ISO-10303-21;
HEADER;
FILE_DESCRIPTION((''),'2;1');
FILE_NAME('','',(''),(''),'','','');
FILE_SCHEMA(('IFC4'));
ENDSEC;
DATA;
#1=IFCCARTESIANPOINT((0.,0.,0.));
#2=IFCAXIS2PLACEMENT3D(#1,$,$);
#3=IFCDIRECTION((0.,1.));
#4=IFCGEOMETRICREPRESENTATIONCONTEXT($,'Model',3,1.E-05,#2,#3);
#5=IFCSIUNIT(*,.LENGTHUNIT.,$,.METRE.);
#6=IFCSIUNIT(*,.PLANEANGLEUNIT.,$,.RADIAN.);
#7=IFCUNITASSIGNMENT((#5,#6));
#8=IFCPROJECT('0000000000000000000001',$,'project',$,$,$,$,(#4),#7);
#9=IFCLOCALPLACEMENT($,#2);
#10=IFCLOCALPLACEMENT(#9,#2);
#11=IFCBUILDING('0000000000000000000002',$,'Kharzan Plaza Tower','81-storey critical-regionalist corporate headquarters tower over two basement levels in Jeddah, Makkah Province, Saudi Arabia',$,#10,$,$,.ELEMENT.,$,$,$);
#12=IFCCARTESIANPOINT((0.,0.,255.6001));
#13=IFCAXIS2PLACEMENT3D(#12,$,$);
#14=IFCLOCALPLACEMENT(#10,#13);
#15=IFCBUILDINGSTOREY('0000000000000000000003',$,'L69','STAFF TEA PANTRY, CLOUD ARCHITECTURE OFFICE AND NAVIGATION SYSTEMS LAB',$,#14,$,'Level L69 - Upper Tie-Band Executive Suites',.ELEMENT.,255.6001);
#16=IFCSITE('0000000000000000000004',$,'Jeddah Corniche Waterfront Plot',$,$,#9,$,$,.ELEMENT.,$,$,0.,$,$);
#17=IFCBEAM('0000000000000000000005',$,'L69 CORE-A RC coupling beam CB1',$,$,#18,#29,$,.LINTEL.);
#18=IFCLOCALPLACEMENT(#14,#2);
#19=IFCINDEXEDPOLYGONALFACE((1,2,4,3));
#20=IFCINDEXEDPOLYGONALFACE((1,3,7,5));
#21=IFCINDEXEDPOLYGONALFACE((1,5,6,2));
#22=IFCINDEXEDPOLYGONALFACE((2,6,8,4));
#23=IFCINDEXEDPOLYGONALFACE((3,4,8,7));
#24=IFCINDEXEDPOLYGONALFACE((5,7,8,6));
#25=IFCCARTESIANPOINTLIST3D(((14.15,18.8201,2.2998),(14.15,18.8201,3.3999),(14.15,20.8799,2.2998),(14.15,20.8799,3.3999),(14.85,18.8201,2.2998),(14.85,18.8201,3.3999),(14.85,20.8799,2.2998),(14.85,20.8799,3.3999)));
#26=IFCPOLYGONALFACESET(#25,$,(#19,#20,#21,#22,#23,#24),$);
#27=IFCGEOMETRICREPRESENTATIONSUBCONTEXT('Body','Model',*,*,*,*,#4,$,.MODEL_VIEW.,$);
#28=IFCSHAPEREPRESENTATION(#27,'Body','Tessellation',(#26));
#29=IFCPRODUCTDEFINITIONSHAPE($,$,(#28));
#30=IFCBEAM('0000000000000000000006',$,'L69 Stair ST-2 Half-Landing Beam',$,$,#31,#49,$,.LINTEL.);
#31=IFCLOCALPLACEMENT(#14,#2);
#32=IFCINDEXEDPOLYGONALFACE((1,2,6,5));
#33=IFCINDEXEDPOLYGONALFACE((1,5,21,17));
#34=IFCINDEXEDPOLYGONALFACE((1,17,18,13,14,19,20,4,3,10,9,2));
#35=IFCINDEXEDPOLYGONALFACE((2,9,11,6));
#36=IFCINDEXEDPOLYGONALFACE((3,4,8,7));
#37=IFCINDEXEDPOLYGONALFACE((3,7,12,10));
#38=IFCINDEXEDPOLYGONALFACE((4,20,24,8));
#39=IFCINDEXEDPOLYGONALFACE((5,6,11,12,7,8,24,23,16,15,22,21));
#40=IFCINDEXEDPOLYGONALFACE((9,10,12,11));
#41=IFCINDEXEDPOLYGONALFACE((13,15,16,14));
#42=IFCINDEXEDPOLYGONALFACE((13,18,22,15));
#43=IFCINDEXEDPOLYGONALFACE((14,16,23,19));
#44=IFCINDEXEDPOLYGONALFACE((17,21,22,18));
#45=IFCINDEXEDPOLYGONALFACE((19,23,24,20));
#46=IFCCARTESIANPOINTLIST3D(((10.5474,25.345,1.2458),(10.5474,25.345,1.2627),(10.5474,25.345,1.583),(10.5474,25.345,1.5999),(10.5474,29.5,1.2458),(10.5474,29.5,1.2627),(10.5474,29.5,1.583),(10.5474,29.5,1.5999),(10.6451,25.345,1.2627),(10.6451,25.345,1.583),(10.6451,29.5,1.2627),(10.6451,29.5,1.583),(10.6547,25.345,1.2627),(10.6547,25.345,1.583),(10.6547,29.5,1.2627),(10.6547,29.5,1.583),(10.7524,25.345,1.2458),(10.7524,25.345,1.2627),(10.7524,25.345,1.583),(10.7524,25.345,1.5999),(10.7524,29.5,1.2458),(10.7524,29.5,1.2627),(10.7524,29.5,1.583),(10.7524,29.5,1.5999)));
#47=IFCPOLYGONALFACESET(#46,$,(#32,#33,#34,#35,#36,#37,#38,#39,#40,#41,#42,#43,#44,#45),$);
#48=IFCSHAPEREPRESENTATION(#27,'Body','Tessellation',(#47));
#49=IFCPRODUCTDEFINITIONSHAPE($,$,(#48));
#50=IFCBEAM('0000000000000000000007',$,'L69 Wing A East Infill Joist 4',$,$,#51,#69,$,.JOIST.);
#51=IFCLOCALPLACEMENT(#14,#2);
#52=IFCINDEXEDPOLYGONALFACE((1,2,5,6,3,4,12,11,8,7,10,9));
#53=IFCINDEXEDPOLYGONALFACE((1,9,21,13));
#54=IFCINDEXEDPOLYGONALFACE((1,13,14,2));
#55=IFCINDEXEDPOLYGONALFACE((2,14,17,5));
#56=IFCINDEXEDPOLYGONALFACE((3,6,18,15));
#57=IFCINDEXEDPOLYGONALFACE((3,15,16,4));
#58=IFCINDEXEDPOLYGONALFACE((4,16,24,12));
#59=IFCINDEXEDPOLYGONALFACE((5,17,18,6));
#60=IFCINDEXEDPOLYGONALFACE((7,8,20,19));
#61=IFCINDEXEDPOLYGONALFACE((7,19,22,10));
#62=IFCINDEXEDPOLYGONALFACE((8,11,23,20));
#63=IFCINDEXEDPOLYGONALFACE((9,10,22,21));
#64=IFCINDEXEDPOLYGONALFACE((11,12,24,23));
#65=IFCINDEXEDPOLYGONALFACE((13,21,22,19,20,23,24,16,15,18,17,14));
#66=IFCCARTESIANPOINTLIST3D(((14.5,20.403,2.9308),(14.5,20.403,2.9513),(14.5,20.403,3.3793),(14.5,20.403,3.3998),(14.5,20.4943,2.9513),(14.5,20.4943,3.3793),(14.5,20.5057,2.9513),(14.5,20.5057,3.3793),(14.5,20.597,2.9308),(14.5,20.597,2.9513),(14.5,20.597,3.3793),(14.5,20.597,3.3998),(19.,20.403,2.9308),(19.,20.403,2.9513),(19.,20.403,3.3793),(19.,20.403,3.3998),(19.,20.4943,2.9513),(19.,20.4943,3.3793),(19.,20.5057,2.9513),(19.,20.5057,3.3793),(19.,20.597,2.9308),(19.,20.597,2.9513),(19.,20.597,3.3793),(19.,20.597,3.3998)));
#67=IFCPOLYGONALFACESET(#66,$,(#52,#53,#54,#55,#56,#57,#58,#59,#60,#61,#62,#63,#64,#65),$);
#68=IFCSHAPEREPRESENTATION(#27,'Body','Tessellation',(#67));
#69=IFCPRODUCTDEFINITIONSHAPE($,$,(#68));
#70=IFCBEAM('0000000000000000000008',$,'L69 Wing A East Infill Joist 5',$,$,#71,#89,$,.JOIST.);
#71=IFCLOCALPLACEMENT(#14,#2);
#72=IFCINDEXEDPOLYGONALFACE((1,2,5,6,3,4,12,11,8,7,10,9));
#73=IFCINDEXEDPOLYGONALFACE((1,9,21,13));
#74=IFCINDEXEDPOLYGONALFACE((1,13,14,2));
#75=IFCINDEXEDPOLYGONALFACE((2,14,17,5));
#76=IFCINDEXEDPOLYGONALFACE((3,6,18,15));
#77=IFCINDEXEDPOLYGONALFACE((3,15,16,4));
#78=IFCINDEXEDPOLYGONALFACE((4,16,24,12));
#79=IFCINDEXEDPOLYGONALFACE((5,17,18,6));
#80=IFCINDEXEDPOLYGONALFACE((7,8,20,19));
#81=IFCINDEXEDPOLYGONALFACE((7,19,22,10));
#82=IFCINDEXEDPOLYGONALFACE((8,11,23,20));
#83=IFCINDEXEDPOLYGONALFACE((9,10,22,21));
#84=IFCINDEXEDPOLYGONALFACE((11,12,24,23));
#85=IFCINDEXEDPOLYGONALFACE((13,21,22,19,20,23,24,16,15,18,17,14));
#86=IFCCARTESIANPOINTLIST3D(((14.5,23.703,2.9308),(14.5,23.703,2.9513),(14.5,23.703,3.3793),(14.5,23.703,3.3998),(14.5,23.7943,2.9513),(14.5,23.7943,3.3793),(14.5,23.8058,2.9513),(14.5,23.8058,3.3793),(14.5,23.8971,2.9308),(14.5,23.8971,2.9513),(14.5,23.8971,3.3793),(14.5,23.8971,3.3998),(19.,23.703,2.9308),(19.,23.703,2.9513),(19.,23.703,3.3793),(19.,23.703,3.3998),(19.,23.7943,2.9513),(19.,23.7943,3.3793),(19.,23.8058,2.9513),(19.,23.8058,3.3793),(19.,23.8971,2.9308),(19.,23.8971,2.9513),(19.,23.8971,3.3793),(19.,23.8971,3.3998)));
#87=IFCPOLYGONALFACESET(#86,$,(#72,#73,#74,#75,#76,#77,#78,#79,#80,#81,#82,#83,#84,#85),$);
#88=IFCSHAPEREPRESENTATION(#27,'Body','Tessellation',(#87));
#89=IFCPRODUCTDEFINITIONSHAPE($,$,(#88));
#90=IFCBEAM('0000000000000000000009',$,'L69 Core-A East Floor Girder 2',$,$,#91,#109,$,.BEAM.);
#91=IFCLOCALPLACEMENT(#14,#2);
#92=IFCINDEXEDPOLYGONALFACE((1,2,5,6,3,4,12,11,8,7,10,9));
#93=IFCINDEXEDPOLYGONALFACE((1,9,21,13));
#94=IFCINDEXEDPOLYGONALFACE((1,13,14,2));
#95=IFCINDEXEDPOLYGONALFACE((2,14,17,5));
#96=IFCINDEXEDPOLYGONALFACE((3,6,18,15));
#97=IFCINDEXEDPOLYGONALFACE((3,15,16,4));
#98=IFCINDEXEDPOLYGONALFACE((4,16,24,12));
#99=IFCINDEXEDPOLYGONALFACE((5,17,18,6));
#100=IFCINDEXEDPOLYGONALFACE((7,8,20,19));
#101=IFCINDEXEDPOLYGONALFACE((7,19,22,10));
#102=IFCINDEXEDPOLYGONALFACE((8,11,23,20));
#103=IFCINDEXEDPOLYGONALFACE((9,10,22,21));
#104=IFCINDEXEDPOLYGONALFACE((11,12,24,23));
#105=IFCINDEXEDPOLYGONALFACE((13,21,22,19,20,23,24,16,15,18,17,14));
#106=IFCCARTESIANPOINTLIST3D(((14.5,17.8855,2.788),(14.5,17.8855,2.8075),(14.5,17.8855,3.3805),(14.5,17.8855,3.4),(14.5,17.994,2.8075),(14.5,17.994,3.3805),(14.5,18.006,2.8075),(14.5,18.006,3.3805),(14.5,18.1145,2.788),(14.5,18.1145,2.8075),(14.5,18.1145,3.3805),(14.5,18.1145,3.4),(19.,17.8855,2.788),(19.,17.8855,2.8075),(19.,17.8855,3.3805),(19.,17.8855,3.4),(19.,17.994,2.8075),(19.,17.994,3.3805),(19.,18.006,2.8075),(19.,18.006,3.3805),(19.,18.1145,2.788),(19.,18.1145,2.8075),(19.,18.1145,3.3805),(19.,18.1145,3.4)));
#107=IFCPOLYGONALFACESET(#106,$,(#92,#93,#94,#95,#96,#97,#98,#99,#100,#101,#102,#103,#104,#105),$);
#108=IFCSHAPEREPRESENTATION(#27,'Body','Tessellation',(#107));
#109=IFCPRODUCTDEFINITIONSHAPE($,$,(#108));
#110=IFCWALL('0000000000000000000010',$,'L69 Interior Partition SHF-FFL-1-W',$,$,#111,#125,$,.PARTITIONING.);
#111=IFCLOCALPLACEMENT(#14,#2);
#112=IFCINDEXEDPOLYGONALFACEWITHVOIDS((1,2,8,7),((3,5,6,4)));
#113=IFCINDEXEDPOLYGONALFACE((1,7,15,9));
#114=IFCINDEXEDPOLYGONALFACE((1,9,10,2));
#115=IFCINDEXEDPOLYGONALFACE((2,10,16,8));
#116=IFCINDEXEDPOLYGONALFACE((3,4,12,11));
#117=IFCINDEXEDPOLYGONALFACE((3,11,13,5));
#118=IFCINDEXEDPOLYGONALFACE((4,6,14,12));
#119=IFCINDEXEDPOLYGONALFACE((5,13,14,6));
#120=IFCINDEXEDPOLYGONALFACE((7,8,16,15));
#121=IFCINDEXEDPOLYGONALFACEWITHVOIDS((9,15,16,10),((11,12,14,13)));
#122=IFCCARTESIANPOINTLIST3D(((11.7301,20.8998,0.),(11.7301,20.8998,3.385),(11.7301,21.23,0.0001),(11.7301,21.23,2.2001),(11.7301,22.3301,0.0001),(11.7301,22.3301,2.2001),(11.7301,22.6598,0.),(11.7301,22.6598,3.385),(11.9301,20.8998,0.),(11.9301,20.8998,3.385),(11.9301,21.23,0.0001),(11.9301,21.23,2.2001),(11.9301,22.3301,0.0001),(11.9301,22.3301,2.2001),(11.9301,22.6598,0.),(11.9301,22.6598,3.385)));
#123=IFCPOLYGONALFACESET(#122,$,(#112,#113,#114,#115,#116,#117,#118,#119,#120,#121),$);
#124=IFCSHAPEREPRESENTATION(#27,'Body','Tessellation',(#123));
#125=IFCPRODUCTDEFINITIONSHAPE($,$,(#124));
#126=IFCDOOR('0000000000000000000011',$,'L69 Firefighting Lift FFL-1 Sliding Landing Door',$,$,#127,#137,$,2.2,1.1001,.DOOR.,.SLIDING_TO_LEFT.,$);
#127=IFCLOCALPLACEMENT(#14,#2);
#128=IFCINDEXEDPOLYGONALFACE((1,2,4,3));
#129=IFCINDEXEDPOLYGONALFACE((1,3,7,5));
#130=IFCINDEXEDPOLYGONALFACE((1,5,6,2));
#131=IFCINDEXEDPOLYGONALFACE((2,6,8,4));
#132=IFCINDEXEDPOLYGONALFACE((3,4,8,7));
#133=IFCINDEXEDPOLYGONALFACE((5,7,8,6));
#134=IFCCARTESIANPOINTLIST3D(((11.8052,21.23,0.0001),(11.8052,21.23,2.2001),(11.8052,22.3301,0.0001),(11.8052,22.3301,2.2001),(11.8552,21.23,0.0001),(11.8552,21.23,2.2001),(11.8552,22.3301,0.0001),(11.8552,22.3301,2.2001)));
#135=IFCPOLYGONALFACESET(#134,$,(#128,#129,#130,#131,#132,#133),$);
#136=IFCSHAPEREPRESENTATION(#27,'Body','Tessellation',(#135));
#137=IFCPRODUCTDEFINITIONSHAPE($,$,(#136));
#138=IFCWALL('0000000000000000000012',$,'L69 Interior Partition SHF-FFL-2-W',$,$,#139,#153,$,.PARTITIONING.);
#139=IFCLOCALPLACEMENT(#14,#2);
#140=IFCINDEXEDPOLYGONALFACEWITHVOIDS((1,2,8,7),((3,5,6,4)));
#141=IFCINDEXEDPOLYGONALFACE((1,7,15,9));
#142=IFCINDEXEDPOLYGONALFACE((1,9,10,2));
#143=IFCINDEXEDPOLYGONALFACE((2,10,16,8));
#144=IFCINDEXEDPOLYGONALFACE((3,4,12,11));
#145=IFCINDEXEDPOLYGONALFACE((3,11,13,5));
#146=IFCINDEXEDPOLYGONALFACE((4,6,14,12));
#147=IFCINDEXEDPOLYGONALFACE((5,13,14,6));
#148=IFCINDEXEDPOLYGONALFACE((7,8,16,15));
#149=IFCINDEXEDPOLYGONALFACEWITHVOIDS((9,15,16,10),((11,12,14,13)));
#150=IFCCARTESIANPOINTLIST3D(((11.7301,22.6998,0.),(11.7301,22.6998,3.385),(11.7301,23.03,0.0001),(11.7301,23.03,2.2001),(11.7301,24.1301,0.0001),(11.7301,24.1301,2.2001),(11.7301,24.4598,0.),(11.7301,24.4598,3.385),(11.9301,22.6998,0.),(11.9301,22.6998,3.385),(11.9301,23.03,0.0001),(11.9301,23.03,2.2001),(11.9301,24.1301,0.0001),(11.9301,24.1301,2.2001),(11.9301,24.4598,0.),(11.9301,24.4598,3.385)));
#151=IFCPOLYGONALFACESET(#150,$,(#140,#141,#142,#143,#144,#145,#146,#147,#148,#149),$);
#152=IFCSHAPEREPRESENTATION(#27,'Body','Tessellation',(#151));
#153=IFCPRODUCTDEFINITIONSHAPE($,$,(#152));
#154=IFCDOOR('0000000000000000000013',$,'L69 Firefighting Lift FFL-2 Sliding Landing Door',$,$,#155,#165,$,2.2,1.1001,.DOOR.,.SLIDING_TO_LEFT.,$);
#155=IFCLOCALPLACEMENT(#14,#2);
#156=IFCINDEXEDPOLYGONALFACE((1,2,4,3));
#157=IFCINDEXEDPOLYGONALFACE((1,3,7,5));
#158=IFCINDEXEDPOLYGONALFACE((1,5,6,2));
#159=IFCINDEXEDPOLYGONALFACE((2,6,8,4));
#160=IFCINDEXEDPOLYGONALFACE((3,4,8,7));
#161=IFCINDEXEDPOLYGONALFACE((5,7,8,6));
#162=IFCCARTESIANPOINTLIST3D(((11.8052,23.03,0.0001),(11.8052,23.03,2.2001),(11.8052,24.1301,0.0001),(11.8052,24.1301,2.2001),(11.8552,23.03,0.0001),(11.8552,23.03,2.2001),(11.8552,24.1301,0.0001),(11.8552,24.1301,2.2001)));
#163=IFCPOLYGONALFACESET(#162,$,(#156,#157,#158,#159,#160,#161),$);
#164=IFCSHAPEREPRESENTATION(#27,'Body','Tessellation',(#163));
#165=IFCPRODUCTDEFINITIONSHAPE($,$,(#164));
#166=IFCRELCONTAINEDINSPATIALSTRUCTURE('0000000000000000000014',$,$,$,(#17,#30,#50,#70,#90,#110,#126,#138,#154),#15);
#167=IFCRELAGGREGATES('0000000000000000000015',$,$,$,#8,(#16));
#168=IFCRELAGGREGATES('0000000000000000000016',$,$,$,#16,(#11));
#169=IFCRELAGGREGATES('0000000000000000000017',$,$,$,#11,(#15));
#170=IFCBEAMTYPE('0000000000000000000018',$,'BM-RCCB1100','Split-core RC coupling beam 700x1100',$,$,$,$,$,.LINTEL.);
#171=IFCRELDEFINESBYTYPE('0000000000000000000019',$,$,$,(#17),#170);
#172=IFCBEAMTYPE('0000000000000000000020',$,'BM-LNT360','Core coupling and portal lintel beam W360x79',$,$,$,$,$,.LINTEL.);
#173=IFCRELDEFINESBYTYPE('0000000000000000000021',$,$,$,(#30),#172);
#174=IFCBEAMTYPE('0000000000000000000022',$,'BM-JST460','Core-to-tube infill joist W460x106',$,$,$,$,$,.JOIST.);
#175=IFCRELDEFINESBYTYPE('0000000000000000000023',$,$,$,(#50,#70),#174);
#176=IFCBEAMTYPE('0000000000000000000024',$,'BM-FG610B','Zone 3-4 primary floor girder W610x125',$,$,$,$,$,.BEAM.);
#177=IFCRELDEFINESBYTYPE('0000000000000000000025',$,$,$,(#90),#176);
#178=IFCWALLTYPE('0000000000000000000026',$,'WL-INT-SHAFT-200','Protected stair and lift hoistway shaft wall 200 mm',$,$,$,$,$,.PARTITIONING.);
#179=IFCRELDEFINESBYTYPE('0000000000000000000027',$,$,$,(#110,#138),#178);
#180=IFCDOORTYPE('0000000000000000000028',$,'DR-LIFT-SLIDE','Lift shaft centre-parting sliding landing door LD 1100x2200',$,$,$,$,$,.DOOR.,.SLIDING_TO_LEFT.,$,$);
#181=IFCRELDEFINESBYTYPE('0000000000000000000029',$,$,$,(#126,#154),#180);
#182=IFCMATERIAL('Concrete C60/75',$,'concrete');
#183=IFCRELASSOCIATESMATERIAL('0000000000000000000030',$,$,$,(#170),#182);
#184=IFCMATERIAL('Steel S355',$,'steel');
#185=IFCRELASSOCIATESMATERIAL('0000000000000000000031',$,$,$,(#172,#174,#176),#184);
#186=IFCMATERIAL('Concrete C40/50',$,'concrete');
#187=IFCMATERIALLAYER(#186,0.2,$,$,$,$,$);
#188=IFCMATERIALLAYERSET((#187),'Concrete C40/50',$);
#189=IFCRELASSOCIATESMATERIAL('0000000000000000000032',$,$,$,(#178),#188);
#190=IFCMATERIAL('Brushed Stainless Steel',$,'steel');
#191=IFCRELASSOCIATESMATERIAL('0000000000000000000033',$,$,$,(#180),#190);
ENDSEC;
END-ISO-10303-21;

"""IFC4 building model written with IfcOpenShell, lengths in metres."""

from ifc_helpers import new_model, si_unit, direction, frame, frame_2d, origin, origin_2d, place, context, subcontext, project, spatial, rectangle, i_section, extrude, source, transform, mapped, material, layer, layer_set, material_profile, profile_set, type_object, element, fill, save


model = new_model("IFC4")

# Units and contexts
model_context = context("Model", 3, precision=1e-05, world=origin(), true_north=direction((0.0, 1.0)))
body_context = subcontext(model_context, "Body", "Model", "MODEL_VIEW")
ifc_project = project(units=[si_unit("LENGTHUNIT", "METRE"), si_unit("PLANEANGLEUNIT", "RADIAN")], contexts=[model_context])

# Site, building, storey
site_placement = place(None, origin())
site = spatial("IfcSite", under=ifc_project, at=site_placement, Name="Jeddah Corniche Waterfront Plot", CompositionType="ELEMENT", RefElevation=0.0)
building_placement = place(site_placement, origin())
building = spatial("IfcBuilding", under=site, at=building_placement, Name="Kharzan Plaza Tower", Description="81-storey critical-regionalist corporate headquarters tower over two basement levels in Jeddah, Makkah Province, Saudi Arabia", CompositionType="ELEMENT")
storey_placement = place(building_placement, frame((0.0, 0.0, 255.6001)))
storey = spatial("IfcBuildingStorey", under=building, at=storey_placement, Name="L69", Description="STAFF TEA PANTRY, CLOUD ARCHITECTURE OFFICE AND NAVIGATION SYSTEMS LAB", LongName="Level L69 - Upper Tie-Band Executive Suites", CompositionType="ELEMENT", Elevation=255.6001)

# Beams
ifc_material_1 = material(Name="Concrete C60/75", Category="concrete")
ifc_material_profile_1 = material_profile(ifc_material_1, rectangle(XDim=0.7, YDim=1.1001, at=origin_2d()), Name="RC-CB1100x700")
ifc_profile_set_1 = profile_set([ifc_material_profile_1], Name="Concrete C60/75")
beam_type_1 = type_object("IfcBeamType", Name="BM-RCCB1100", Description="Split-core RC coupling beam 700x1100", PredefinedType="LINTEL", material=ifc_profile_set_1)
shared_shape_1 = source(origin(), body_context, "Body", "SweptSolid", [
    extrude(rectangle(XDim=0.7, YDim=1.1001, at=origin_2d()), origin(), (0.0, 0.0, 1.0), 2.0598),
])
beam_1_placement = place(storey_placement, frame((14.5, 18.8201, 2.8499), z_axis=(0.0, 1.0, 0.0), x_axis=(-1.0, 0.0, 0.0)))
element("IfcBeam", 1, at=beam_1_placement, inside=storey, type_object=beam_type_1, Name="L69 CORE-A RC coupling beam CB1", PredefinedType="LINTEL", context=body_context, shape_type="MappedRepresentation", body=[
    mapped(shared_shape_1, transform((0.0, 0.0, 0.0), x_axis=(1.0, 0.0, 0.0), y_axis=(0.0, 1.0, 0.0), z_axis=(0.0, 0.0, 1.0))),
])
ifc_material_2 = material(Name="Steel S355", Category="steel")
ifc_material_profile_2 = material_profile(ifc_material_2, i_section(OverallWidth=0.2051, OverallDepth=0.354, WebThickness=0.0095, FlangeThickness=0.0168, at=origin_2d()), Name="W360x79")
ifc_profile_set_2 = profile_set([ifc_material_profile_2], Name="Steel S355")
beam_type_2 = type_object("IfcBeamType", Name="BM-LNT360", Description="Core coupling and portal lintel beam W360x79", PredefinedType="LINTEL", material=ifc_profile_set_2)
shared_shape_2 = source(origin(), body_context, "Body", "SweptSolid", [
    extrude(i_section(OverallWidth=0.2051, OverallDepth=0.354, WebThickness=0.0095, FlangeThickness=0.0168, at=origin_2d()), origin(), (0.0, 0.0, 1.0), 4.155),
])
beam_2_placement = place(storey_placement, frame((10.6499, 25.345, 1.4229), z_axis=(0.0, 1.0, 0.0), x_axis=(-1.0, 0.0, 0.0)))
element("IfcBeam", 2, at=beam_2_placement, inside=storey, type_object=beam_type_2, Name="L69 Stair ST-2 Half-Landing Beam", PredefinedType="LINTEL", context=body_context, shape_type="MappedRepresentation", body=[
    mapped(shared_shape_2, transform((0.0, 0.0, 0.0), x_axis=(1.0, 0.0, 0.0), y_axis=(0.0, 1.0, 0.0), z_axis=(0.0, 0.0, 1.0))),
])
ifc_material_profile_3 = material_profile(ifc_material_2, i_section(OverallWidth=0.1941, OverallDepth=0.469, WebThickness=0.0115, FlangeThickness=0.0205, at=origin_2d()), Name="W460x106")
ifc_profile_set_3 = profile_set([ifc_material_profile_3], Name="Steel S355")
beam_type_3 = type_object("IfcBeamType", Name="BM-JST460", Description="Core-to-tube infill joist W460x106", PredefinedType="JOIST", material=ifc_profile_set_3)
shared_shape_3 = source(origin(), body_context, "Body", "SweptSolid", [
    extrude(i_section(OverallWidth=0.1941, OverallDepth=0.469, WebThickness=0.0115, FlangeThickness=0.0205, at=origin_2d()), origin(), (0.0, 0.0, 1.0), 4.5),
])
for number, where, z_axis, x_axis, name in (
    (3, (14.5, 20.5, 3.1653), (1.0, 0.0, 0.0), (0.0, 1.0, 0.0), "L69 Wing A East Infill Joist 4"),
    (4, (14.5, 23.8, 3.1653), (1.0, 0.0, 0.0), (0.0, 1.0, 0.0), "L69 Wing A East Infill Joist 5"),
):
    element("IfcBeam", number, at=place(storey_placement, frame(where, z_axis=z_axis, x_axis=x_axis)), inside=storey, type_object=beam_type_3, Name=name, PredefinedType="JOIST", context=body_context, shape_type="MappedRepresentation", body=[
        mapped(shared_shape_3, transform((0.0, 0.0, 0.0), x_axis=(1.0, 0.0, 0.0), y_axis=(0.0, 1.0, 0.0), z_axis=(0.0, 0.0, 1.0))),
    ])
ifc_material_profile_4 = material_profile(ifc_material_2, i_section(OverallWidth=0.229, OverallDepth=0.6121, WebThickness=0.012, FlangeThickness=0.0195, at=origin_2d()), Name="W610x125")
ifc_profile_set_4 = profile_set([ifc_material_profile_4], Name="Steel S355")
beam_type_4 = type_object("IfcBeamType", Name="BM-FG610B", Description="Zone 3-4 primary floor girder W610x125", PredefinedType="BEAM", material=ifc_profile_set_4)
shared_shape_4 = source(origin(), body_context, "Body", "SweptSolid", [
    extrude(i_section(OverallWidth=0.229, OverallDepth=0.6121, WebThickness=0.012, FlangeThickness=0.0195, at=origin_2d()), origin(), (0.0, 0.0, 1.0), 4.5),
])
beam_3_placement = place(storey_placement, frame((14.5, 18.0, 3.094), z_axis=(1.0, 0.0, 0.0), x_axis=(0.0, 1.0, 0.0)))
element("IfcBeam", 5, at=beam_3_placement, inside=storey, type_object=beam_type_4, Name="L69 Core-A East Floor Girder 2", PredefinedType="BEAM", context=body_context, shape_type="MappedRepresentation", body=[
    mapped(shared_shape_4, transform((0.0, 0.0, 0.0), x_axis=(1.0, 0.0, 0.0), y_axis=(0.0, 1.0, 0.0), z_axis=(0.0, 0.0, 1.0))),
])

# Walls, openings, doors
ifc_material_3 = material(Name="Concrete C40/50", Category="concrete")
ifc_layer_1 = layer(ifc_material_3, 0.2)
ifc_layer_set_1 = layer_set([ifc_layer_1], Name="Concrete C40/50")
wall_type_1 = type_object("IfcWallType", Name="WL-INT-SHAFT-200", Description="Protected stair and lift hoistway shaft wall 200 mm", PredefinedType="PARTITIONING", material=ifc_layer_set_1)
wall_1_placement = place(storey_placement, frame((11.8301, 20.8999, 0.0), z_axis=(0.0, 0.0, 1.0), x_axis=(0.0, 1.0, 0.0)))
wall_1 = element("IfcWall", 6, at=wall_1_placement, inside=storey, type_object=wall_type_1, Name="L69 Interior Partition SHF-FFL-1-W", PredefinedType="PARTITIONING", context=body_context, shape_type="SweptSolid", body=[
    extrude(rectangle(XDim=1.76, YDim=0.2, at=frame_2d((0.8799, 0.0))), origin(), (0.0, 0.0, 1.0), 3.385),
])
opening_1_placement = place(wall_1_placement, frame((0.3301, 0.0, 0.0)))
opening_1 = element("IfcOpeningElement", 7, at=opening_1_placement, cuts=wall_1, PredefinedType="OPENING", context=body_context, shape_type="SweptSolid", body=[
    extrude(rectangle(XDim=1.1001, YDim=2.2, at=frame_2d((0.55, 1.1001))), frame((0.0, 0.1099, 0.0), z_axis=(0.0, -1.0, 0.0), x_axis=(1.0, 0.0, 0.0)), (0.0, 0.0, 1.0), 0.22),
])
ifc_material_4 = material(Name="Brushed Stainless Steel", Category="steel")
door_type_1 = type_object("IfcDoorType", Name="DR-LIFT-SLIDE", Description="Lift shaft centre-parting sliding landing door LD 1100x2200", OperationType="SLIDING_TO_LEFT", PredefinedType="DOOR", material=ifc_material_4)
shared_shape_5 = source(origin(), body_context, "Body", "SweptSolid", [
    extrude(rectangle(XDim=1.1001, YDim=2.2, at=frame_2d((0.55, 1.1001))), frame((0.0, 0.0249, 0.0), z_axis=(0.0, -1.0, 0.0), x_axis=(1.0, 0.0, 0.0)), (0.0, 0.0, 1.0), 0.05),
])
door_1_placement = place(opening_1_placement, origin())
door_1 = element("IfcDoor", 8, at=door_1_placement, inside=storey, type_object=door_type_1, Name="L69 Firefighting Lift FFL-1 Sliding Landing Door", OperationType="SLIDING_TO_LEFT", OverallHeight=2.2, OverallWidth=1.1001, PredefinedType="DOOR", context=body_context, shape_type="MappedRepresentation", body=[
    mapped(shared_shape_5, transform((0.0, 0.0, 0.0), x_axis=(1.0, 0.0, 0.0), y_axis=(0.0, 1.0, 0.0), z_axis=(0.0, 0.0, 1.0))),
])
fill(opening_1, door_1)
wall_2_placement = place(storey_placement, frame((11.8301, 22.7, 0.0), z_axis=(0.0, 0.0, 1.0), x_axis=(0.0, 1.0, 0.0)))
wall_2 = element("IfcWall", 9, at=wall_2_placement, inside=storey, type_object=wall_type_1, Name="L69 Interior Partition SHF-FFL-2-W", PredefinedType="PARTITIONING", context=body_context, shape_type="SweptSolid", body=[
    extrude(rectangle(XDim=1.76, YDim=0.2, at=frame_2d((0.8799, 0.0))), origin(), (0.0, 0.0, 1.0), 3.385),
])
opening_2_placement = place(wall_2_placement, frame((0.3301, 0.0, 0.0)))
opening_2 = element("IfcOpeningElement", 10, at=opening_2_placement, cuts=wall_2, PredefinedType="OPENING", context=body_context, shape_type="SweptSolid", body=[
    extrude(rectangle(XDim=1.1001, YDim=2.2, at=frame_2d((0.55, 1.1001))), frame((0.0, 0.1099, 0.0), z_axis=(0.0, -1.0, 0.0), x_axis=(1.0, 0.0, 0.0)), (0.0, 0.0, 1.0), 0.22),
])
door_2_placement = place(opening_2_placement, origin())
door_2 = element("IfcDoor", 11, at=door_2_placement, inside=storey, type_object=door_type_1, Name="L69 Firefighting Lift FFL-2 Sliding Landing Door", OperationType="SLIDING_TO_LEFT", OverallHeight=2.2, OverallWidth=1.1001, PredefinedType="DOOR", context=body_context, shape_type="MappedRepresentation", body=[
    mapped(shared_shape_5, transform((0.0, 0.0, 0.0), x_axis=(1.0, 0.0, 0.0), y_axis=(0.0, 1.0, 0.0), z_axis=(0.0, 0.0, 1.0))),
])
fill(opening_2, door_2)

save(model, "model.ifc")
